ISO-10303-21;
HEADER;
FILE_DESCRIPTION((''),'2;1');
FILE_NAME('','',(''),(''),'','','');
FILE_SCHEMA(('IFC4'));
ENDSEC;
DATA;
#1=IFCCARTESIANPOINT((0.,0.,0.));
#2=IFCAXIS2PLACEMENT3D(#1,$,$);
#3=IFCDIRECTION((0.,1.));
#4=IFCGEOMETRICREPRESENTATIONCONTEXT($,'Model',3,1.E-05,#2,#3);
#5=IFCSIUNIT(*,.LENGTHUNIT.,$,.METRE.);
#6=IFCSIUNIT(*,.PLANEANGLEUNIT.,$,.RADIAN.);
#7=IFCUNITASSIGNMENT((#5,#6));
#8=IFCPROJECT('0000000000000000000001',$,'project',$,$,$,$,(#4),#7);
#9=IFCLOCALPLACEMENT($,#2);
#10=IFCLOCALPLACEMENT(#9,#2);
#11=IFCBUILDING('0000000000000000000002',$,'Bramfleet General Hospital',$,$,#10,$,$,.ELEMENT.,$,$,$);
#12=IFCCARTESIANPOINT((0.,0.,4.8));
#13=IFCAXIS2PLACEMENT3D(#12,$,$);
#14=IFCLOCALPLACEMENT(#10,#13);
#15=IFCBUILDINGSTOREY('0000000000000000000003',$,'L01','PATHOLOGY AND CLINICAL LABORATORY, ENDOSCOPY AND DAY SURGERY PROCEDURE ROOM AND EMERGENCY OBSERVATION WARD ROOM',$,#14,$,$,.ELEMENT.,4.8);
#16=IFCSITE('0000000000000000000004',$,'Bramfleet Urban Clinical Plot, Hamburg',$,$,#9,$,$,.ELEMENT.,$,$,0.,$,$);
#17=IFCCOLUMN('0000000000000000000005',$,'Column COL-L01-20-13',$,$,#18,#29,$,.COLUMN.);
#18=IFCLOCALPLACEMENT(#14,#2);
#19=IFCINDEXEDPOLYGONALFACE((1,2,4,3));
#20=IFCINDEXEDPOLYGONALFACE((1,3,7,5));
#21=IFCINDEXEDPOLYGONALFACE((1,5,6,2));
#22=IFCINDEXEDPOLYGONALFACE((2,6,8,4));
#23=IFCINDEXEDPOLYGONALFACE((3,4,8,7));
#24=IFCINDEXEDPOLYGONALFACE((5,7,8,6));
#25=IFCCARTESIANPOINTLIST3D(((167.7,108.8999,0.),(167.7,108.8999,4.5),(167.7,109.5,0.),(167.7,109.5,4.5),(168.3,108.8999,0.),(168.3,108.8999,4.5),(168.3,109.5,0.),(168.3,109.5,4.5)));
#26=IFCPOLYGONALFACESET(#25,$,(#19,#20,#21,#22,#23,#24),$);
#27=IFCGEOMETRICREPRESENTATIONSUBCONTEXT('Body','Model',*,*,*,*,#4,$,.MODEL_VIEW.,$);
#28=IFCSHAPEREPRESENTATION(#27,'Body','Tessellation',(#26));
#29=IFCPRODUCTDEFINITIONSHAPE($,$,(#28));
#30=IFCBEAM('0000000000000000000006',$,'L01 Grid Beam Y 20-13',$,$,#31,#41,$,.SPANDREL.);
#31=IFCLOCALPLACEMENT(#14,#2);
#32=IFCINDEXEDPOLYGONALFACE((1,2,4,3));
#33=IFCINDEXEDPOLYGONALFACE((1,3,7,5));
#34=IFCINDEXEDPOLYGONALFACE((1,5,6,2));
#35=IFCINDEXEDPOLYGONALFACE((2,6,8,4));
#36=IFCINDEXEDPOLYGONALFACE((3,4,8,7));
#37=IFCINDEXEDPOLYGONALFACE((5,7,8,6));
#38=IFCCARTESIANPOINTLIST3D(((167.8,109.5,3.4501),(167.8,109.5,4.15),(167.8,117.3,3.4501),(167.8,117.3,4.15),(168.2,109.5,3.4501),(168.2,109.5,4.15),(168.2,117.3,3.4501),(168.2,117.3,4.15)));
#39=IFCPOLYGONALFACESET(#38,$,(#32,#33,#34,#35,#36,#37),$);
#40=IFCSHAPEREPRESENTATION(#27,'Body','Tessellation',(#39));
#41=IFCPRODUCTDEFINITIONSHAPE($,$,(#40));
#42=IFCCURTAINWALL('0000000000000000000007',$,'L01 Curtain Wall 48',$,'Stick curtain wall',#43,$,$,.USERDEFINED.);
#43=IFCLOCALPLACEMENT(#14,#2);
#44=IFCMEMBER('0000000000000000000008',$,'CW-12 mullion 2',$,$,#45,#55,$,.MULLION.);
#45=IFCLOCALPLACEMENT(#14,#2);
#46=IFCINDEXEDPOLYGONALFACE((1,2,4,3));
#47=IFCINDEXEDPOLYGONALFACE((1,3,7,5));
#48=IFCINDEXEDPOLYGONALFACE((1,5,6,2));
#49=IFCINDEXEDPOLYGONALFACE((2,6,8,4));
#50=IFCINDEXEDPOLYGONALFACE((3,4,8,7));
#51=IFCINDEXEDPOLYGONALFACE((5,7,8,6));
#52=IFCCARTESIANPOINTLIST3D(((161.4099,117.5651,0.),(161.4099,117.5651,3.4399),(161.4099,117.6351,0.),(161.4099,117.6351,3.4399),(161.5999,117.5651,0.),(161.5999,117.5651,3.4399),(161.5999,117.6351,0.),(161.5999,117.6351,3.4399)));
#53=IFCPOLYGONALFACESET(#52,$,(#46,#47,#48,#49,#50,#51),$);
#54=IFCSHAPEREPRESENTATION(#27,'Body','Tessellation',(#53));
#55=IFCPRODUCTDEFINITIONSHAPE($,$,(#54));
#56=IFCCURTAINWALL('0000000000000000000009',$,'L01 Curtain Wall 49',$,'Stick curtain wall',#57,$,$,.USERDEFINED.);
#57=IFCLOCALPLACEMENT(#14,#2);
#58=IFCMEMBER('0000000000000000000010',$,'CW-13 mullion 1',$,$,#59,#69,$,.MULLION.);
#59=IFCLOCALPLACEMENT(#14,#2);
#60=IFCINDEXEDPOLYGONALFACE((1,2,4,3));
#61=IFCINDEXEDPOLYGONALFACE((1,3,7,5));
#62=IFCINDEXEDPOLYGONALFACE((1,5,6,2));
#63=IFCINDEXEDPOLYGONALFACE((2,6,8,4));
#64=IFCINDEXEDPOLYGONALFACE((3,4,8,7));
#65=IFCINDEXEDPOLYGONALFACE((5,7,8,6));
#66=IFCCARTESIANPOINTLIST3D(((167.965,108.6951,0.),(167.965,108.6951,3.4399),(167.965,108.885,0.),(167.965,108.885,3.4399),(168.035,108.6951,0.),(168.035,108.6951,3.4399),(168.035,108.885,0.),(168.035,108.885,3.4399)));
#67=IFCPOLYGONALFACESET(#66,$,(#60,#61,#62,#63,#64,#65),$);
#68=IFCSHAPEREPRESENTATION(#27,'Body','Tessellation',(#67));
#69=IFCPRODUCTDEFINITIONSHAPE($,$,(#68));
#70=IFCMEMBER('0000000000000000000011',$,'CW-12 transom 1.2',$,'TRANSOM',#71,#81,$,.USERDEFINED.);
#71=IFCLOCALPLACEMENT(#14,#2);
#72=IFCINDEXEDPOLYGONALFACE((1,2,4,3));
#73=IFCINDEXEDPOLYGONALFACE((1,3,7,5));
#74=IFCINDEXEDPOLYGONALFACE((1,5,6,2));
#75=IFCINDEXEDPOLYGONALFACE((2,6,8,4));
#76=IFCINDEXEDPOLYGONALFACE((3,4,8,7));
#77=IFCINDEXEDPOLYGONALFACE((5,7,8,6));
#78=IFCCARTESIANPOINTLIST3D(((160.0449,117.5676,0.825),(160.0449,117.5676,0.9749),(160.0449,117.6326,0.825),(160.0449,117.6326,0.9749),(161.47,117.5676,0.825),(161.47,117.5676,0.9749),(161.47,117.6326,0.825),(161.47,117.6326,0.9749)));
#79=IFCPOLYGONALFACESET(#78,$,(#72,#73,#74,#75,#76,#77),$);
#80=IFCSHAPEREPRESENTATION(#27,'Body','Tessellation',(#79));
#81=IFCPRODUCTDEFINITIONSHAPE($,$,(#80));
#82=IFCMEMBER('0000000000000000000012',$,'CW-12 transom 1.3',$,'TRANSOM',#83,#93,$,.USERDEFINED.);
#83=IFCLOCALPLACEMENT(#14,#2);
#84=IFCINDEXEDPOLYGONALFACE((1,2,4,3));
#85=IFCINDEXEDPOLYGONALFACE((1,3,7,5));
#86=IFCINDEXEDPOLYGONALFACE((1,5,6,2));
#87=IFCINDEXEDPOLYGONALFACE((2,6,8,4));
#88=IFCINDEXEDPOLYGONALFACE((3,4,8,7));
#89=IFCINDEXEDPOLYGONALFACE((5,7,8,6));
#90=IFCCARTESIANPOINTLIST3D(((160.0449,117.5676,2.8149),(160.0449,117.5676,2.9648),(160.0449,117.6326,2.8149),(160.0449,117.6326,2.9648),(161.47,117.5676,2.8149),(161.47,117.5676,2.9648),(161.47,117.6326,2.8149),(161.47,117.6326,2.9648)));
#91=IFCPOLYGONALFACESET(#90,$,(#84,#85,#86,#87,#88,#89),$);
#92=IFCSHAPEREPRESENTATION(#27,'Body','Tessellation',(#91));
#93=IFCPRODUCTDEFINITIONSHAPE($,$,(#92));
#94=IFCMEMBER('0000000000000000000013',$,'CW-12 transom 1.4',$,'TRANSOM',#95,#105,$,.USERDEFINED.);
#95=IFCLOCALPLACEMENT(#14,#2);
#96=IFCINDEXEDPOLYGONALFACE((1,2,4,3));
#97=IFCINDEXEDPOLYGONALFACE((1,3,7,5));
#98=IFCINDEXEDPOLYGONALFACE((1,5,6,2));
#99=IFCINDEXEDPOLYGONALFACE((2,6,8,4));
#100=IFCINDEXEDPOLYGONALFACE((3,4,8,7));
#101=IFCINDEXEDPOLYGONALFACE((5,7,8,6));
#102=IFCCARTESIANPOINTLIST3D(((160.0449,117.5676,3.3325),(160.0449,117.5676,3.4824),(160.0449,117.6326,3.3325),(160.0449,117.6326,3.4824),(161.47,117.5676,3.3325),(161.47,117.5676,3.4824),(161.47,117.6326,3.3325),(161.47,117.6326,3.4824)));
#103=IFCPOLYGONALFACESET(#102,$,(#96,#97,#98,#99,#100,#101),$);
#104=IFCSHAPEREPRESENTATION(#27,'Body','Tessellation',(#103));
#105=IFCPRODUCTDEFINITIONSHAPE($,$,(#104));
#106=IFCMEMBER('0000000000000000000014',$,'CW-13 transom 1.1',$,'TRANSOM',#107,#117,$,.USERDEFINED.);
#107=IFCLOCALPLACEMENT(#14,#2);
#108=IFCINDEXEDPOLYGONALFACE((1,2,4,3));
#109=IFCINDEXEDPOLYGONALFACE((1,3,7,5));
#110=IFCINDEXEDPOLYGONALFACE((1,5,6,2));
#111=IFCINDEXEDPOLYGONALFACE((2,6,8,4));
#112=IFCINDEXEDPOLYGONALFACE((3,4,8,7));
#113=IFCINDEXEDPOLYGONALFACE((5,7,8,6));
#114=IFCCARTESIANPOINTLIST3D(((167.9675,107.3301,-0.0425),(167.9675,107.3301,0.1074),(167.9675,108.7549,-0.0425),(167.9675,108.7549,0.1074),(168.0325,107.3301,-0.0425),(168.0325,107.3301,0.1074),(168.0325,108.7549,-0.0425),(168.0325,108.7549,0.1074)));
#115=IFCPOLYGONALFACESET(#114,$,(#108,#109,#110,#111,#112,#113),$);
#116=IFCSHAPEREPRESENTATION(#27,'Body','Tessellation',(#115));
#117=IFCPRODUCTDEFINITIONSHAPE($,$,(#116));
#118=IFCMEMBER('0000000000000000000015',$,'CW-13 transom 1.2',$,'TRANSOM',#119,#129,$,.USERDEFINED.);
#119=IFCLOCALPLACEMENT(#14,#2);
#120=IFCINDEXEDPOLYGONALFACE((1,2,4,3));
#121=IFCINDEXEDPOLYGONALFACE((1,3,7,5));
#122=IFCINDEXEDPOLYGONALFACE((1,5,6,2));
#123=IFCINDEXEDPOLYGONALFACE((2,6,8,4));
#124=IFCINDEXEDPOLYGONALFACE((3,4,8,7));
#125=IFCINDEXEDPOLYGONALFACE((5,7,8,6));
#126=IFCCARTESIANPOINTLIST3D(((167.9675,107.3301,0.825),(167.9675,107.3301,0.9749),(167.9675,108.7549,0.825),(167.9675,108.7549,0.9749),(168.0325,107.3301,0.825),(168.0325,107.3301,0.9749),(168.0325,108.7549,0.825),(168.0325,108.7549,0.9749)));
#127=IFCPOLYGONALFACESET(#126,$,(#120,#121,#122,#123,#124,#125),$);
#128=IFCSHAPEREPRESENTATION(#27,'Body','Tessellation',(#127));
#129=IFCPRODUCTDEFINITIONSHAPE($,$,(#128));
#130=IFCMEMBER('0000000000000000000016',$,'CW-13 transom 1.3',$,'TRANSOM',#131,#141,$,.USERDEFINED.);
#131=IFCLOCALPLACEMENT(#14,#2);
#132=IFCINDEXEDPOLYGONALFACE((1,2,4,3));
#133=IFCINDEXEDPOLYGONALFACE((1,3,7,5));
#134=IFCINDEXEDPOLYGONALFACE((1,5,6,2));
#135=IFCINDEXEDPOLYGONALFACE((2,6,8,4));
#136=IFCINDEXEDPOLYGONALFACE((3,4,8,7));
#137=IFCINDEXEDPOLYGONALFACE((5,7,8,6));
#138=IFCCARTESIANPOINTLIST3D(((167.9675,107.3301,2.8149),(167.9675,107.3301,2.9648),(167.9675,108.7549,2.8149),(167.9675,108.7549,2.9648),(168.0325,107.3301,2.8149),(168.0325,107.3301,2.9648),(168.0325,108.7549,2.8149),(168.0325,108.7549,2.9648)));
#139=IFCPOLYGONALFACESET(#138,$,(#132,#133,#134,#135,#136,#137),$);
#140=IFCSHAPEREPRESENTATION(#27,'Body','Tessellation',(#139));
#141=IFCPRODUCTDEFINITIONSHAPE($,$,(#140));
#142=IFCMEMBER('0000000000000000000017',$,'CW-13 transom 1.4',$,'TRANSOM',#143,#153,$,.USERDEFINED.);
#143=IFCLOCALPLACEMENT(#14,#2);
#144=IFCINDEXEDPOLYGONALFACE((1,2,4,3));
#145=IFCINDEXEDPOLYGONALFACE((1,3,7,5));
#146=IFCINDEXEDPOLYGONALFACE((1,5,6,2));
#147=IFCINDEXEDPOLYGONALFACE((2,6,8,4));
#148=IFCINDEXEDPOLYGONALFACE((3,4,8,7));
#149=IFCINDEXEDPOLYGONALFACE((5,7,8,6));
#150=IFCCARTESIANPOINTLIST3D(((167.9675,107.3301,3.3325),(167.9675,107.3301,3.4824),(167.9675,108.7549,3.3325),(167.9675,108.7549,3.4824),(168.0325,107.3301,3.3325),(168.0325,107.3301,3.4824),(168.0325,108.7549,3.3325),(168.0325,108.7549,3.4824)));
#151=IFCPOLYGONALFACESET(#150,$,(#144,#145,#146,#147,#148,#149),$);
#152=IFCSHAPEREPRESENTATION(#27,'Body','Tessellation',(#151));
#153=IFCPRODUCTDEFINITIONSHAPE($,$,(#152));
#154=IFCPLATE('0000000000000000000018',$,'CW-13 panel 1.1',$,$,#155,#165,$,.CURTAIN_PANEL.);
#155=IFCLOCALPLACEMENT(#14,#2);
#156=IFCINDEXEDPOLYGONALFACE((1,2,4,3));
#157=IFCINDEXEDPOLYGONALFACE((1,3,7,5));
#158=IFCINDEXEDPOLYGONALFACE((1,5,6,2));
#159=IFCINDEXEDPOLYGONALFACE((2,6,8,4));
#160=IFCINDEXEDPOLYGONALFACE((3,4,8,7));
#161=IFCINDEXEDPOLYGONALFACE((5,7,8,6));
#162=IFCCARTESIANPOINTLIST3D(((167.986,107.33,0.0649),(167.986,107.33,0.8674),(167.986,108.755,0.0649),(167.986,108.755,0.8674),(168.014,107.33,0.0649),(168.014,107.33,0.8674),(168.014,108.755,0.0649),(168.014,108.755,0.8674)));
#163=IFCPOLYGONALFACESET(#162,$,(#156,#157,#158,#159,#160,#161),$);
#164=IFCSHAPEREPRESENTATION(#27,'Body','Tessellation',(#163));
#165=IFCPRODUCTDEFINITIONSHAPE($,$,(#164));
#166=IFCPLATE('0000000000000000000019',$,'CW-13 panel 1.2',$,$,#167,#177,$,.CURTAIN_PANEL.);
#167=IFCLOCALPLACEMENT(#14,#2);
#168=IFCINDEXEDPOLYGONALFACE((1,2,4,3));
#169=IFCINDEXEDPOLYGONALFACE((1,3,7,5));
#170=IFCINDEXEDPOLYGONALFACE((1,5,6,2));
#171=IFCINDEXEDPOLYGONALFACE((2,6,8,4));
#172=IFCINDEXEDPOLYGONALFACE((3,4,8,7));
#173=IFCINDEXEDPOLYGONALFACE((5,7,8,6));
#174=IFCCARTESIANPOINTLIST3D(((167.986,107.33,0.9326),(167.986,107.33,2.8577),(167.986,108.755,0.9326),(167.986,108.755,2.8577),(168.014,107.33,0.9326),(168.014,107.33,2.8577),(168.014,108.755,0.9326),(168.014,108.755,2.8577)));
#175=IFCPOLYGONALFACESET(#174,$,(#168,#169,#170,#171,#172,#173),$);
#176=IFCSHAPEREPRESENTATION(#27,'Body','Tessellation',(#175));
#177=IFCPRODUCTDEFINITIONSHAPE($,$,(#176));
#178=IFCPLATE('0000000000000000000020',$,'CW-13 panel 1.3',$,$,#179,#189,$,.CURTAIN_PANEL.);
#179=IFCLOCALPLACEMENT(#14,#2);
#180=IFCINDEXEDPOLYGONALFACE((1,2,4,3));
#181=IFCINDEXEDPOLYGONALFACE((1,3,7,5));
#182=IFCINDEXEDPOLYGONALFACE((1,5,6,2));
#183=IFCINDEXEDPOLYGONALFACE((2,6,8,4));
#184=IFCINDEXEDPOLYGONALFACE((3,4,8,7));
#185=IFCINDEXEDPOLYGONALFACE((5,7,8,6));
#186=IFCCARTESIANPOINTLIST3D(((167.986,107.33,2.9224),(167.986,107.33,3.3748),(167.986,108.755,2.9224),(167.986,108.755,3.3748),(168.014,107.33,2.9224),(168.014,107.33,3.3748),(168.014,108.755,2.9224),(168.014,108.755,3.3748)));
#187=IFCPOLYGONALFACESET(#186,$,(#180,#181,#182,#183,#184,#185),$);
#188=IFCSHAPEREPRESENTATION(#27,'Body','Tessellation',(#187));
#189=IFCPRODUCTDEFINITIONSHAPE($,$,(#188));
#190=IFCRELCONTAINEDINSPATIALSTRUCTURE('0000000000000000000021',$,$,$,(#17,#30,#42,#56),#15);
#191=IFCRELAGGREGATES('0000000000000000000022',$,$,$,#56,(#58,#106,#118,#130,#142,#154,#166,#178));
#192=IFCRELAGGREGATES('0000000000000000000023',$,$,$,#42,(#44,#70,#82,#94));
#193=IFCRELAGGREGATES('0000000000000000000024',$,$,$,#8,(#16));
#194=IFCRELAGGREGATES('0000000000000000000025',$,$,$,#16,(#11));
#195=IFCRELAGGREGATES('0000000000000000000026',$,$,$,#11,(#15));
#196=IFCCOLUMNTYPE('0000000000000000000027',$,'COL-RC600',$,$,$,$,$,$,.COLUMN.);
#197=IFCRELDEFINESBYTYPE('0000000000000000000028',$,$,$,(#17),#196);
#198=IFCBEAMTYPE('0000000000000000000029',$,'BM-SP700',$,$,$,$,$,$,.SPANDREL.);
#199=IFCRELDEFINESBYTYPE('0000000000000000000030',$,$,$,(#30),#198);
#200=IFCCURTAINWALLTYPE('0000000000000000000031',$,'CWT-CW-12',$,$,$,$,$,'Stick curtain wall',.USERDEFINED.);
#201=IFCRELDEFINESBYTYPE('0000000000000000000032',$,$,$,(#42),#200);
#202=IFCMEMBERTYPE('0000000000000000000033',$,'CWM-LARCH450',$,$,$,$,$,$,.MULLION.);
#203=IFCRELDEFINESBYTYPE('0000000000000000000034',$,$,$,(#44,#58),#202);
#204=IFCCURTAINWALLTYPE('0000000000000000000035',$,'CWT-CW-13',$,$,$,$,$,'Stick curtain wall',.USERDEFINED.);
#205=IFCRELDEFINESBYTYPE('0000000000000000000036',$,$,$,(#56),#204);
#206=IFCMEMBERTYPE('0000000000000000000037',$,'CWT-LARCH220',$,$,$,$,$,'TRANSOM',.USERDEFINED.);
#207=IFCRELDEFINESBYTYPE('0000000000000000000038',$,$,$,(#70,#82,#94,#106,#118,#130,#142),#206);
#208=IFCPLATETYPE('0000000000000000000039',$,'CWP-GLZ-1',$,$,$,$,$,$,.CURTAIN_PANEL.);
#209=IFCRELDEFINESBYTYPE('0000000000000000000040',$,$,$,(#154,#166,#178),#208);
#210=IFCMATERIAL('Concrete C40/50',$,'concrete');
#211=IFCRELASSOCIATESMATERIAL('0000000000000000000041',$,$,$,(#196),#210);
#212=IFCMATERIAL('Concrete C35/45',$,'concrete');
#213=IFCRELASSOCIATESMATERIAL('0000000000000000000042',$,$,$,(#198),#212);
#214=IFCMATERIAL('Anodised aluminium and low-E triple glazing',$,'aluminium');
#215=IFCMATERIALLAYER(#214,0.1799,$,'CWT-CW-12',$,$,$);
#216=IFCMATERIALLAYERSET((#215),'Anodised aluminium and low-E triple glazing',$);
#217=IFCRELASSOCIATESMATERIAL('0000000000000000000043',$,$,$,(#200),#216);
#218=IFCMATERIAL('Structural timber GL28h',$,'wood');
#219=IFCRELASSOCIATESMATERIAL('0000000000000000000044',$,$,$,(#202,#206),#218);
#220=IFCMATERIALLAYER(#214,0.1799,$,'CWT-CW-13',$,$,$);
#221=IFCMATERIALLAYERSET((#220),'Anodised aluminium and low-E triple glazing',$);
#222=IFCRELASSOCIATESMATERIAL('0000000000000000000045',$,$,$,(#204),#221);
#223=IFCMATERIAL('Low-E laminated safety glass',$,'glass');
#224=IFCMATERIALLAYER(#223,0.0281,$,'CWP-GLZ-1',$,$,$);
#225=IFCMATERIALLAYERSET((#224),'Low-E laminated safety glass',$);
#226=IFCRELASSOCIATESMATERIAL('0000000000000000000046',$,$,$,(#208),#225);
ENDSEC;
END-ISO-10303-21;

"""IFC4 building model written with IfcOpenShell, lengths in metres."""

from ifc_helpers import new_model, si_unit, direction, frame, origin, origin_2d, place, context, subcontext, project, spatial, rectangle, extrude, material, layer, layer_set, material_profile, profile_set, type_object, element, aggregate, save


model = new_model("IFC4")

# Units and contexts
model_context = context("Model", 3, precision=1e-05, world=origin(), true_north=direction((0.0, 1.0)))
body_context = subcontext(model_context, "Body", "Model", "MODEL_VIEW")
ifc_project = project(units=[si_unit("LENGTHUNIT", "METRE"), si_unit("PLANEANGLEUNIT", "RADIAN")], contexts=[model_context])

# Site, building, storey
site_placement = place(None, origin())
site = spatial("IfcSite", under=ifc_project, at=site_placement, Name="Bramfleet Urban Clinical Plot, Hamburg", CompositionType="ELEMENT", RefElevation=0.0)
building_placement = place(site_placement, origin())
building = spatial("IfcBuilding", under=site, at=building_placement, Name="Bramfleet General Hospital", CompositionType="ELEMENT")
storey_placement = place(building_placement, frame((0.0, 0.0, 4.8)))
storey = spatial("IfcBuildingStorey", under=building, at=storey_placement, Name="L01", Description="PATHOLOGY AND CLINICAL LABORATORY, ENDOSCOPY AND DAY SURGERY PROCEDURE ROOM AND EMERGENCY OBSERVATION WARD ROOM", CompositionType="ELEMENT", Elevation=4.8)

# Column
ifc_material_1 = material(Name="Concrete C40/50", Category="concrete")
ifc_material_profile_1 = material_profile(ifc_material_1, rectangle(XDim=0.6001, YDim=0.6001, at=origin_2d()), Name="RC COL 600x600")
ifc_profile_set_1 = profile_set([ifc_material_profile_1], Name="Concrete C40/50")
column_type = type_object("IfcColumnType", Name="COL-RC600", PredefinedType="COLUMN", material=ifc_profile_set_1)
column_placement = place(storey_placement, frame((168.0, 109.2, 0.0), z_axis=(0.0, 0.0, 1.0), x_axis=(1.0, 0.0, 0.0)))
element("IfcColumn", 1, at=column_placement, inside=storey, type_object=column_type, Name="Column COL-L01-20-13", PredefinedType="COLUMN", context=body_context, shape_type="SweptSolid", body=[
    extrude(rectangle(XDim=0.6001, YDim=0.6001, at=origin_2d()), origin(), (0.0, 0.0, 1.0), 4.5),
])

# Beam
ifc_material_2 = material(Name="Concrete C35/45", Category="concrete")
ifc_material_profile_2 = material_profile(ifc_material_2, rectangle(XDim=0.3999, YDim=0.7, at=origin_2d()), Name="RC SP 700x400")
ifc_profile_set_2 = profile_set([ifc_material_profile_2], Name="Concrete C35/45")
beam_type = type_object("IfcBeamType", Name="BM-SP700", PredefinedType="SPANDREL", material=ifc_profile_set_2)
beam_placement = place(storey_placement, frame((168.0, 109.5, 3.8), z_axis=(0.0, 1.0, 0.0), x_axis=(-1.0, 0.0, 0.0)))
element("IfcBeam", 2, at=beam_placement, inside=storey, type_object=beam_type, Name="L01 Grid Beam Y 20-13", PredefinedType="SPANDREL", context=body_context, shape_type="SweptSolid", body=[
    extrude(rectangle(XDim=0.3999, YDim=0.7, at=origin_2d()), origin(), (0.0, 0.0, 1.0), 7.8),
])

# Curtain walls, members
ifc_material_3 = material(Name="Anodised aluminium and low-E triple glazing", Category="aluminium")
ifc_layer_1 = layer(ifc_material_3, 0.1799, Name="CWT-CW-12")
ifc_layer_set_1 = layer_set([ifc_layer_1], Name="Anodised aluminium and low-E triple glazing")
curtain_wall_type_1 = type_object("IfcCurtainWallType", Name="CWT-CW-12", ElementType="Stick curtain wall", PredefinedType="USERDEFINED", material=ifc_layer_set_1)
curtain_wall_1_placement = place(storey_placement, origin())
curtain_wall_1 = element("IfcCurtainWall", 3, at=curtain_wall_1_placement, inside=storey, type_object=curtain_wall_type_1, Name="L01 Curtain Wall 48", ObjectType="Stick curtain wall", PredefinedType="USERDEFINED")
ifc_material_4 = material(Name="Structural timber GL28h", Category="wood")
ifc_material_profile_3 = material_profile(ifc_material_4, rectangle(XDim=0.0701, YDim=0.1899, at=origin_2d()), Name="LARCH 190x70")
ifc_profile_set_3 = profile_set([ifc_material_profile_3], Name="Structural timber GL28h")
member_type_1 = type_object("IfcMemberType", Name="CWM-LARCH450", PredefinedType="MULLION", material=ifc_profile_set_3)
member_1_placement = place(storey_placement, frame((161.5049, 117.6001, 0.0), z_axis=(0.0, 0.0, 1.0), x_axis=(0.0, 1.0, 0.0)))
member_1 = element("IfcMember", 4, at=member_1_placement, type_object=member_type_1, Name="CW-12 mullion 2", PredefinedType="MULLION", context=body_context, shape_type="SweptSolid", body=[
    extrude(rectangle(XDim=0.0701, YDim=0.1899, at=origin_2d()), origin(), (0.0, 0.0, 1.0), 3.4399),
])
ifc_layer_2 = layer(ifc_material_3, 0.1799, Name="CWT-CW-13")
ifc_layer_set_2 = layer_set([ifc_layer_2], Name="Anodised aluminium and low-E triple glazing")
curtain_wall_type_2 = type_object("IfcCurtainWallType", Name="CWT-CW-13", ElementType="Stick curtain wall", PredefinedType="USERDEFINED", material=ifc_layer_set_2)
curtain_wall_2_placement = place(storey_placement, origin())
curtain_wall_2 = element("IfcCurtainWall", 5, at=curtain_wall_2_placement, inside=storey, type_object=curtain_wall_type_2, Name="L01 Curtain Wall 49", ObjectType="Stick curtain wall", PredefinedType="USERDEFINED")
member_2_placement = place(storey_placement, frame((168.0, 108.79, 0.0), z_axis=(0.0, 0.0, 1.0), x_axis=(1.0, 0.0, 0.0)))
member_2 = element("IfcMember", 6, at=member_2_placement, type_object=member_type_1, Name="CW-13 mullion 1", PredefinedType="MULLION", context=body_context, shape_type="SweptSolid", body=[
    extrude(rectangle(XDim=0.0701, YDim=0.1899, at=origin_2d()), origin(), (0.0, 0.0, 1.0), 3.4399),
])

# Members
ifc_material_profile_4 = material_profile(ifc_material_4, rectangle(XDim=0.0649, YDim=0.1499, at=origin_2d()), Name="LARCH 150x65")
ifc_profile_set_4 = profile_set([ifc_material_profile_4], Name="Structural timber GL28h")
member_type_2 = type_object("IfcMemberType", Name="CWT-LARCH220", ElementType="TRANSOM", PredefinedType="USERDEFINED", material=ifc_profile_set_4)
member_3_placement = place(storey_placement, frame((160.0449, 117.6001, 0.8999), z_axis=(1.0, 0.0, 0.0), x_axis=(0.0, 1.0, 0.0)))
member_3 = element("IfcMember", 7, at=member_3_placement, type_object=member_type_2, Name="CW-12 transom 1.2", ObjectType="TRANSOM", PredefinedType="USERDEFINED", context=body_context, shape_type="SweptSolid", body=[
    extrude(rectangle(XDim=0.0649, YDim=0.1499, at=origin_2d()), origin(), (0.0, 0.0, 1.0), 1.425),
])
member_4_placement = place(storey_placement, frame((160.0449, 117.6001, 2.8899), z_axis=(1.0, 0.0, 0.0), x_axis=(0.0, 1.0, 0.0)))
member_4 = element("IfcMember", 8, at=member_4_placement, type_object=member_type_2, Name="CW-12 transom 1.3", ObjectType="TRANSOM", PredefinedType="USERDEFINED", context=body_context, shape_type="SweptSolid", body=[
    extrude(rectangle(XDim=0.0649, YDim=0.1499, at=origin_2d()), origin(), (0.0, 0.0, 1.0), 1.425),
])
member_5_placement = place(storey_placement, frame((160.0449, 117.6001, 3.4075), z_axis=(1.0, 0.0, 0.0), x_axis=(0.0, 1.0, 0.0)))
member_5 = element("IfcMember", 9, at=member_5_placement, type_object=member_type_2, Name="CW-12 transom 1.4", ObjectType="TRANSOM", PredefinedType="USERDEFINED", context=body_context, shape_type="SweptSolid", body=[
    extrude(rectangle(XDim=0.0649, YDim=0.1499, at=origin_2d()), origin(), (0.0, 0.0, 1.0), 1.425),
])
member_6_placement = place(storey_placement, frame((168.0, 108.7549, 0.0325), z_axis=(0.0, -1.0, 0.0), x_axis=(1.0, 0.0, 0.0)))
member_6 = element("IfcMember", 10, at=member_6_placement, type_object=member_type_2, Name="CW-13 transom 1.1", ObjectType="TRANSOM", PredefinedType="USERDEFINED", context=body_context, shape_type="SweptSolid", body=[
    extrude(rectangle(XDim=0.0649, YDim=0.1499, at=origin_2d()), origin(), (0.0, 0.0, 1.0), 1.4248),
])
member_7_placement = place(storey_placement, frame((168.0, 108.7549, 0.8999), z_axis=(0.0, -1.0, 0.0), x_axis=(1.0, 0.0, 0.0)))
member_7 = element("IfcMember", 11, at=member_7_placement, type_object=member_type_2, Name="CW-13 transom 1.2", ObjectType="TRANSOM", PredefinedType="USERDEFINED", context=body_context, shape_type="SweptSolid", body=[
    extrude(rectangle(XDim=0.0649, YDim=0.1499, at=origin_2d()), origin(), (0.0, 0.0, 1.0), 1.4248),
])
member_8_placement = place(storey_placement, frame((168.0, 108.7549, 2.8899), z_axis=(0.0, -1.0, 0.0), x_axis=(1.0, 0.0, 0.0)))
member_8 = element("IfcMember", 12, at=member_8_placement, type_object=member_type_2, Name="CW-13 transom 1.3", ObjectType="TRANSOM", PredefinedType="USERDEFINED", context=body_context, shape_type="SweptSolid", body=[
    extrude(rectangle(XDim=0.0649, YDim=0.1499, at=origin_2d()), origin(), (0.0, 0.0, 1.0), 1.4248),
])
member_9_placement = place(storey_placement, frame((168.0, 108.7549, 3.4075), z_axis=(0.0, -1.0, 0.0), x_axis=(1.0, 0.0, 0.0)))
member_9 = element("IfcMember", 13, at=member_9_placement, type_object=member_type_2, Name="CW-13 transom 1.4", ObjectType="TRANSOM", PredefinedType="USERDEFINED", context=body_context, shape_type="SweptSolid", body=[
    extrude(rectangle(XDim=0.0649, YDim=0.1499, at=origin_2d()), origin(), (0.0, 0.0, 1.0), 1.4248),
])

# Plates
ifc_material_5 = material(Name="Low-E laminated safety glass", Category="glass")
ifc_layer_3 = layer(ifc_material_5, 0.0281, Name="CWP-GLZ-1")
ifc_layer_set_3 = layer_set([ifc_layer_3], Name="Low-E laminated safety glass")
plate_type_1 = type_object("IfcPlateType", Name="CWP-GLZ-1", PredefinedType="CURTAIN_PANEL", material=ifc_layer_set_3)
plate_1_placement = place(storey_placement, frame((168.0, 108.0425, 0.0649), z_axis=(0.0, 0.0, 1.0), x_axis=(0.0, -1.0, 0.0)))
plate_1 = element("IfcPlate", 14, at=plate_1_placement, type_object=plate_type_1, Name="CW-13 panel 1.1", PredefinedType="CURTAIN_PANEL", context=body_context, shape_type="SweptSolid", body=[
    extrude(rectangle(XDim=1.425, YDim=0.0281, at=origin_2d()), origin(), (0.0, 0.0, 1.0), 0.8025),
])
plate_2_placement = place(storey_placement, frame((168.0, 108.0425, 0.9326), z_axis=(0.0, 0.0, 1.0), x_axis=(0.0, -1.0, 0.0)))
plate_2 = element("IfcPlate", 15, at=plate_2_placement, type_object=plate_type_1, Name="CW-13 panel 1.2", PredefinedType="CURTAIN_PANEL", context=body_context, shape_type="SweptSolid", body=[
    extrude(rectangle(XDim=1.425, YDim=0.0281, at=origin_2d()), origin(), (0.0, 0.0, 1.0), 1.925),
])
plate_3_placement = place(storey_placement, frame((168.0, 108.0425, 2.9224), z_axis=(0.0, 0.0, 1.0), x_axis=(0.0, -1.0, 0.0)))
plate_3 = element("IfcPlate", 16, at=plate_3_placement, type_object=plate_type_1, Name="CW-13 panel 1.3", PredefinedType="CURTAIN_PANEL", context=body_context, shape_type="SweptSolid", body=[
    extrude(rectangle(XDim=1.425, YDim=0.0281, at=origin_2d()), origin(), (0.0, 0.0, 1.0), 0.4524),
])
aggregate(curtain_wall_2, [member_2, member_6, member_7, member_8, member_9, plate_1, plate_2, plate_3])
aggregate(curtain_wall_1, [member_1, member_3, member_4, member_5])

save(model, "model.ifc")
